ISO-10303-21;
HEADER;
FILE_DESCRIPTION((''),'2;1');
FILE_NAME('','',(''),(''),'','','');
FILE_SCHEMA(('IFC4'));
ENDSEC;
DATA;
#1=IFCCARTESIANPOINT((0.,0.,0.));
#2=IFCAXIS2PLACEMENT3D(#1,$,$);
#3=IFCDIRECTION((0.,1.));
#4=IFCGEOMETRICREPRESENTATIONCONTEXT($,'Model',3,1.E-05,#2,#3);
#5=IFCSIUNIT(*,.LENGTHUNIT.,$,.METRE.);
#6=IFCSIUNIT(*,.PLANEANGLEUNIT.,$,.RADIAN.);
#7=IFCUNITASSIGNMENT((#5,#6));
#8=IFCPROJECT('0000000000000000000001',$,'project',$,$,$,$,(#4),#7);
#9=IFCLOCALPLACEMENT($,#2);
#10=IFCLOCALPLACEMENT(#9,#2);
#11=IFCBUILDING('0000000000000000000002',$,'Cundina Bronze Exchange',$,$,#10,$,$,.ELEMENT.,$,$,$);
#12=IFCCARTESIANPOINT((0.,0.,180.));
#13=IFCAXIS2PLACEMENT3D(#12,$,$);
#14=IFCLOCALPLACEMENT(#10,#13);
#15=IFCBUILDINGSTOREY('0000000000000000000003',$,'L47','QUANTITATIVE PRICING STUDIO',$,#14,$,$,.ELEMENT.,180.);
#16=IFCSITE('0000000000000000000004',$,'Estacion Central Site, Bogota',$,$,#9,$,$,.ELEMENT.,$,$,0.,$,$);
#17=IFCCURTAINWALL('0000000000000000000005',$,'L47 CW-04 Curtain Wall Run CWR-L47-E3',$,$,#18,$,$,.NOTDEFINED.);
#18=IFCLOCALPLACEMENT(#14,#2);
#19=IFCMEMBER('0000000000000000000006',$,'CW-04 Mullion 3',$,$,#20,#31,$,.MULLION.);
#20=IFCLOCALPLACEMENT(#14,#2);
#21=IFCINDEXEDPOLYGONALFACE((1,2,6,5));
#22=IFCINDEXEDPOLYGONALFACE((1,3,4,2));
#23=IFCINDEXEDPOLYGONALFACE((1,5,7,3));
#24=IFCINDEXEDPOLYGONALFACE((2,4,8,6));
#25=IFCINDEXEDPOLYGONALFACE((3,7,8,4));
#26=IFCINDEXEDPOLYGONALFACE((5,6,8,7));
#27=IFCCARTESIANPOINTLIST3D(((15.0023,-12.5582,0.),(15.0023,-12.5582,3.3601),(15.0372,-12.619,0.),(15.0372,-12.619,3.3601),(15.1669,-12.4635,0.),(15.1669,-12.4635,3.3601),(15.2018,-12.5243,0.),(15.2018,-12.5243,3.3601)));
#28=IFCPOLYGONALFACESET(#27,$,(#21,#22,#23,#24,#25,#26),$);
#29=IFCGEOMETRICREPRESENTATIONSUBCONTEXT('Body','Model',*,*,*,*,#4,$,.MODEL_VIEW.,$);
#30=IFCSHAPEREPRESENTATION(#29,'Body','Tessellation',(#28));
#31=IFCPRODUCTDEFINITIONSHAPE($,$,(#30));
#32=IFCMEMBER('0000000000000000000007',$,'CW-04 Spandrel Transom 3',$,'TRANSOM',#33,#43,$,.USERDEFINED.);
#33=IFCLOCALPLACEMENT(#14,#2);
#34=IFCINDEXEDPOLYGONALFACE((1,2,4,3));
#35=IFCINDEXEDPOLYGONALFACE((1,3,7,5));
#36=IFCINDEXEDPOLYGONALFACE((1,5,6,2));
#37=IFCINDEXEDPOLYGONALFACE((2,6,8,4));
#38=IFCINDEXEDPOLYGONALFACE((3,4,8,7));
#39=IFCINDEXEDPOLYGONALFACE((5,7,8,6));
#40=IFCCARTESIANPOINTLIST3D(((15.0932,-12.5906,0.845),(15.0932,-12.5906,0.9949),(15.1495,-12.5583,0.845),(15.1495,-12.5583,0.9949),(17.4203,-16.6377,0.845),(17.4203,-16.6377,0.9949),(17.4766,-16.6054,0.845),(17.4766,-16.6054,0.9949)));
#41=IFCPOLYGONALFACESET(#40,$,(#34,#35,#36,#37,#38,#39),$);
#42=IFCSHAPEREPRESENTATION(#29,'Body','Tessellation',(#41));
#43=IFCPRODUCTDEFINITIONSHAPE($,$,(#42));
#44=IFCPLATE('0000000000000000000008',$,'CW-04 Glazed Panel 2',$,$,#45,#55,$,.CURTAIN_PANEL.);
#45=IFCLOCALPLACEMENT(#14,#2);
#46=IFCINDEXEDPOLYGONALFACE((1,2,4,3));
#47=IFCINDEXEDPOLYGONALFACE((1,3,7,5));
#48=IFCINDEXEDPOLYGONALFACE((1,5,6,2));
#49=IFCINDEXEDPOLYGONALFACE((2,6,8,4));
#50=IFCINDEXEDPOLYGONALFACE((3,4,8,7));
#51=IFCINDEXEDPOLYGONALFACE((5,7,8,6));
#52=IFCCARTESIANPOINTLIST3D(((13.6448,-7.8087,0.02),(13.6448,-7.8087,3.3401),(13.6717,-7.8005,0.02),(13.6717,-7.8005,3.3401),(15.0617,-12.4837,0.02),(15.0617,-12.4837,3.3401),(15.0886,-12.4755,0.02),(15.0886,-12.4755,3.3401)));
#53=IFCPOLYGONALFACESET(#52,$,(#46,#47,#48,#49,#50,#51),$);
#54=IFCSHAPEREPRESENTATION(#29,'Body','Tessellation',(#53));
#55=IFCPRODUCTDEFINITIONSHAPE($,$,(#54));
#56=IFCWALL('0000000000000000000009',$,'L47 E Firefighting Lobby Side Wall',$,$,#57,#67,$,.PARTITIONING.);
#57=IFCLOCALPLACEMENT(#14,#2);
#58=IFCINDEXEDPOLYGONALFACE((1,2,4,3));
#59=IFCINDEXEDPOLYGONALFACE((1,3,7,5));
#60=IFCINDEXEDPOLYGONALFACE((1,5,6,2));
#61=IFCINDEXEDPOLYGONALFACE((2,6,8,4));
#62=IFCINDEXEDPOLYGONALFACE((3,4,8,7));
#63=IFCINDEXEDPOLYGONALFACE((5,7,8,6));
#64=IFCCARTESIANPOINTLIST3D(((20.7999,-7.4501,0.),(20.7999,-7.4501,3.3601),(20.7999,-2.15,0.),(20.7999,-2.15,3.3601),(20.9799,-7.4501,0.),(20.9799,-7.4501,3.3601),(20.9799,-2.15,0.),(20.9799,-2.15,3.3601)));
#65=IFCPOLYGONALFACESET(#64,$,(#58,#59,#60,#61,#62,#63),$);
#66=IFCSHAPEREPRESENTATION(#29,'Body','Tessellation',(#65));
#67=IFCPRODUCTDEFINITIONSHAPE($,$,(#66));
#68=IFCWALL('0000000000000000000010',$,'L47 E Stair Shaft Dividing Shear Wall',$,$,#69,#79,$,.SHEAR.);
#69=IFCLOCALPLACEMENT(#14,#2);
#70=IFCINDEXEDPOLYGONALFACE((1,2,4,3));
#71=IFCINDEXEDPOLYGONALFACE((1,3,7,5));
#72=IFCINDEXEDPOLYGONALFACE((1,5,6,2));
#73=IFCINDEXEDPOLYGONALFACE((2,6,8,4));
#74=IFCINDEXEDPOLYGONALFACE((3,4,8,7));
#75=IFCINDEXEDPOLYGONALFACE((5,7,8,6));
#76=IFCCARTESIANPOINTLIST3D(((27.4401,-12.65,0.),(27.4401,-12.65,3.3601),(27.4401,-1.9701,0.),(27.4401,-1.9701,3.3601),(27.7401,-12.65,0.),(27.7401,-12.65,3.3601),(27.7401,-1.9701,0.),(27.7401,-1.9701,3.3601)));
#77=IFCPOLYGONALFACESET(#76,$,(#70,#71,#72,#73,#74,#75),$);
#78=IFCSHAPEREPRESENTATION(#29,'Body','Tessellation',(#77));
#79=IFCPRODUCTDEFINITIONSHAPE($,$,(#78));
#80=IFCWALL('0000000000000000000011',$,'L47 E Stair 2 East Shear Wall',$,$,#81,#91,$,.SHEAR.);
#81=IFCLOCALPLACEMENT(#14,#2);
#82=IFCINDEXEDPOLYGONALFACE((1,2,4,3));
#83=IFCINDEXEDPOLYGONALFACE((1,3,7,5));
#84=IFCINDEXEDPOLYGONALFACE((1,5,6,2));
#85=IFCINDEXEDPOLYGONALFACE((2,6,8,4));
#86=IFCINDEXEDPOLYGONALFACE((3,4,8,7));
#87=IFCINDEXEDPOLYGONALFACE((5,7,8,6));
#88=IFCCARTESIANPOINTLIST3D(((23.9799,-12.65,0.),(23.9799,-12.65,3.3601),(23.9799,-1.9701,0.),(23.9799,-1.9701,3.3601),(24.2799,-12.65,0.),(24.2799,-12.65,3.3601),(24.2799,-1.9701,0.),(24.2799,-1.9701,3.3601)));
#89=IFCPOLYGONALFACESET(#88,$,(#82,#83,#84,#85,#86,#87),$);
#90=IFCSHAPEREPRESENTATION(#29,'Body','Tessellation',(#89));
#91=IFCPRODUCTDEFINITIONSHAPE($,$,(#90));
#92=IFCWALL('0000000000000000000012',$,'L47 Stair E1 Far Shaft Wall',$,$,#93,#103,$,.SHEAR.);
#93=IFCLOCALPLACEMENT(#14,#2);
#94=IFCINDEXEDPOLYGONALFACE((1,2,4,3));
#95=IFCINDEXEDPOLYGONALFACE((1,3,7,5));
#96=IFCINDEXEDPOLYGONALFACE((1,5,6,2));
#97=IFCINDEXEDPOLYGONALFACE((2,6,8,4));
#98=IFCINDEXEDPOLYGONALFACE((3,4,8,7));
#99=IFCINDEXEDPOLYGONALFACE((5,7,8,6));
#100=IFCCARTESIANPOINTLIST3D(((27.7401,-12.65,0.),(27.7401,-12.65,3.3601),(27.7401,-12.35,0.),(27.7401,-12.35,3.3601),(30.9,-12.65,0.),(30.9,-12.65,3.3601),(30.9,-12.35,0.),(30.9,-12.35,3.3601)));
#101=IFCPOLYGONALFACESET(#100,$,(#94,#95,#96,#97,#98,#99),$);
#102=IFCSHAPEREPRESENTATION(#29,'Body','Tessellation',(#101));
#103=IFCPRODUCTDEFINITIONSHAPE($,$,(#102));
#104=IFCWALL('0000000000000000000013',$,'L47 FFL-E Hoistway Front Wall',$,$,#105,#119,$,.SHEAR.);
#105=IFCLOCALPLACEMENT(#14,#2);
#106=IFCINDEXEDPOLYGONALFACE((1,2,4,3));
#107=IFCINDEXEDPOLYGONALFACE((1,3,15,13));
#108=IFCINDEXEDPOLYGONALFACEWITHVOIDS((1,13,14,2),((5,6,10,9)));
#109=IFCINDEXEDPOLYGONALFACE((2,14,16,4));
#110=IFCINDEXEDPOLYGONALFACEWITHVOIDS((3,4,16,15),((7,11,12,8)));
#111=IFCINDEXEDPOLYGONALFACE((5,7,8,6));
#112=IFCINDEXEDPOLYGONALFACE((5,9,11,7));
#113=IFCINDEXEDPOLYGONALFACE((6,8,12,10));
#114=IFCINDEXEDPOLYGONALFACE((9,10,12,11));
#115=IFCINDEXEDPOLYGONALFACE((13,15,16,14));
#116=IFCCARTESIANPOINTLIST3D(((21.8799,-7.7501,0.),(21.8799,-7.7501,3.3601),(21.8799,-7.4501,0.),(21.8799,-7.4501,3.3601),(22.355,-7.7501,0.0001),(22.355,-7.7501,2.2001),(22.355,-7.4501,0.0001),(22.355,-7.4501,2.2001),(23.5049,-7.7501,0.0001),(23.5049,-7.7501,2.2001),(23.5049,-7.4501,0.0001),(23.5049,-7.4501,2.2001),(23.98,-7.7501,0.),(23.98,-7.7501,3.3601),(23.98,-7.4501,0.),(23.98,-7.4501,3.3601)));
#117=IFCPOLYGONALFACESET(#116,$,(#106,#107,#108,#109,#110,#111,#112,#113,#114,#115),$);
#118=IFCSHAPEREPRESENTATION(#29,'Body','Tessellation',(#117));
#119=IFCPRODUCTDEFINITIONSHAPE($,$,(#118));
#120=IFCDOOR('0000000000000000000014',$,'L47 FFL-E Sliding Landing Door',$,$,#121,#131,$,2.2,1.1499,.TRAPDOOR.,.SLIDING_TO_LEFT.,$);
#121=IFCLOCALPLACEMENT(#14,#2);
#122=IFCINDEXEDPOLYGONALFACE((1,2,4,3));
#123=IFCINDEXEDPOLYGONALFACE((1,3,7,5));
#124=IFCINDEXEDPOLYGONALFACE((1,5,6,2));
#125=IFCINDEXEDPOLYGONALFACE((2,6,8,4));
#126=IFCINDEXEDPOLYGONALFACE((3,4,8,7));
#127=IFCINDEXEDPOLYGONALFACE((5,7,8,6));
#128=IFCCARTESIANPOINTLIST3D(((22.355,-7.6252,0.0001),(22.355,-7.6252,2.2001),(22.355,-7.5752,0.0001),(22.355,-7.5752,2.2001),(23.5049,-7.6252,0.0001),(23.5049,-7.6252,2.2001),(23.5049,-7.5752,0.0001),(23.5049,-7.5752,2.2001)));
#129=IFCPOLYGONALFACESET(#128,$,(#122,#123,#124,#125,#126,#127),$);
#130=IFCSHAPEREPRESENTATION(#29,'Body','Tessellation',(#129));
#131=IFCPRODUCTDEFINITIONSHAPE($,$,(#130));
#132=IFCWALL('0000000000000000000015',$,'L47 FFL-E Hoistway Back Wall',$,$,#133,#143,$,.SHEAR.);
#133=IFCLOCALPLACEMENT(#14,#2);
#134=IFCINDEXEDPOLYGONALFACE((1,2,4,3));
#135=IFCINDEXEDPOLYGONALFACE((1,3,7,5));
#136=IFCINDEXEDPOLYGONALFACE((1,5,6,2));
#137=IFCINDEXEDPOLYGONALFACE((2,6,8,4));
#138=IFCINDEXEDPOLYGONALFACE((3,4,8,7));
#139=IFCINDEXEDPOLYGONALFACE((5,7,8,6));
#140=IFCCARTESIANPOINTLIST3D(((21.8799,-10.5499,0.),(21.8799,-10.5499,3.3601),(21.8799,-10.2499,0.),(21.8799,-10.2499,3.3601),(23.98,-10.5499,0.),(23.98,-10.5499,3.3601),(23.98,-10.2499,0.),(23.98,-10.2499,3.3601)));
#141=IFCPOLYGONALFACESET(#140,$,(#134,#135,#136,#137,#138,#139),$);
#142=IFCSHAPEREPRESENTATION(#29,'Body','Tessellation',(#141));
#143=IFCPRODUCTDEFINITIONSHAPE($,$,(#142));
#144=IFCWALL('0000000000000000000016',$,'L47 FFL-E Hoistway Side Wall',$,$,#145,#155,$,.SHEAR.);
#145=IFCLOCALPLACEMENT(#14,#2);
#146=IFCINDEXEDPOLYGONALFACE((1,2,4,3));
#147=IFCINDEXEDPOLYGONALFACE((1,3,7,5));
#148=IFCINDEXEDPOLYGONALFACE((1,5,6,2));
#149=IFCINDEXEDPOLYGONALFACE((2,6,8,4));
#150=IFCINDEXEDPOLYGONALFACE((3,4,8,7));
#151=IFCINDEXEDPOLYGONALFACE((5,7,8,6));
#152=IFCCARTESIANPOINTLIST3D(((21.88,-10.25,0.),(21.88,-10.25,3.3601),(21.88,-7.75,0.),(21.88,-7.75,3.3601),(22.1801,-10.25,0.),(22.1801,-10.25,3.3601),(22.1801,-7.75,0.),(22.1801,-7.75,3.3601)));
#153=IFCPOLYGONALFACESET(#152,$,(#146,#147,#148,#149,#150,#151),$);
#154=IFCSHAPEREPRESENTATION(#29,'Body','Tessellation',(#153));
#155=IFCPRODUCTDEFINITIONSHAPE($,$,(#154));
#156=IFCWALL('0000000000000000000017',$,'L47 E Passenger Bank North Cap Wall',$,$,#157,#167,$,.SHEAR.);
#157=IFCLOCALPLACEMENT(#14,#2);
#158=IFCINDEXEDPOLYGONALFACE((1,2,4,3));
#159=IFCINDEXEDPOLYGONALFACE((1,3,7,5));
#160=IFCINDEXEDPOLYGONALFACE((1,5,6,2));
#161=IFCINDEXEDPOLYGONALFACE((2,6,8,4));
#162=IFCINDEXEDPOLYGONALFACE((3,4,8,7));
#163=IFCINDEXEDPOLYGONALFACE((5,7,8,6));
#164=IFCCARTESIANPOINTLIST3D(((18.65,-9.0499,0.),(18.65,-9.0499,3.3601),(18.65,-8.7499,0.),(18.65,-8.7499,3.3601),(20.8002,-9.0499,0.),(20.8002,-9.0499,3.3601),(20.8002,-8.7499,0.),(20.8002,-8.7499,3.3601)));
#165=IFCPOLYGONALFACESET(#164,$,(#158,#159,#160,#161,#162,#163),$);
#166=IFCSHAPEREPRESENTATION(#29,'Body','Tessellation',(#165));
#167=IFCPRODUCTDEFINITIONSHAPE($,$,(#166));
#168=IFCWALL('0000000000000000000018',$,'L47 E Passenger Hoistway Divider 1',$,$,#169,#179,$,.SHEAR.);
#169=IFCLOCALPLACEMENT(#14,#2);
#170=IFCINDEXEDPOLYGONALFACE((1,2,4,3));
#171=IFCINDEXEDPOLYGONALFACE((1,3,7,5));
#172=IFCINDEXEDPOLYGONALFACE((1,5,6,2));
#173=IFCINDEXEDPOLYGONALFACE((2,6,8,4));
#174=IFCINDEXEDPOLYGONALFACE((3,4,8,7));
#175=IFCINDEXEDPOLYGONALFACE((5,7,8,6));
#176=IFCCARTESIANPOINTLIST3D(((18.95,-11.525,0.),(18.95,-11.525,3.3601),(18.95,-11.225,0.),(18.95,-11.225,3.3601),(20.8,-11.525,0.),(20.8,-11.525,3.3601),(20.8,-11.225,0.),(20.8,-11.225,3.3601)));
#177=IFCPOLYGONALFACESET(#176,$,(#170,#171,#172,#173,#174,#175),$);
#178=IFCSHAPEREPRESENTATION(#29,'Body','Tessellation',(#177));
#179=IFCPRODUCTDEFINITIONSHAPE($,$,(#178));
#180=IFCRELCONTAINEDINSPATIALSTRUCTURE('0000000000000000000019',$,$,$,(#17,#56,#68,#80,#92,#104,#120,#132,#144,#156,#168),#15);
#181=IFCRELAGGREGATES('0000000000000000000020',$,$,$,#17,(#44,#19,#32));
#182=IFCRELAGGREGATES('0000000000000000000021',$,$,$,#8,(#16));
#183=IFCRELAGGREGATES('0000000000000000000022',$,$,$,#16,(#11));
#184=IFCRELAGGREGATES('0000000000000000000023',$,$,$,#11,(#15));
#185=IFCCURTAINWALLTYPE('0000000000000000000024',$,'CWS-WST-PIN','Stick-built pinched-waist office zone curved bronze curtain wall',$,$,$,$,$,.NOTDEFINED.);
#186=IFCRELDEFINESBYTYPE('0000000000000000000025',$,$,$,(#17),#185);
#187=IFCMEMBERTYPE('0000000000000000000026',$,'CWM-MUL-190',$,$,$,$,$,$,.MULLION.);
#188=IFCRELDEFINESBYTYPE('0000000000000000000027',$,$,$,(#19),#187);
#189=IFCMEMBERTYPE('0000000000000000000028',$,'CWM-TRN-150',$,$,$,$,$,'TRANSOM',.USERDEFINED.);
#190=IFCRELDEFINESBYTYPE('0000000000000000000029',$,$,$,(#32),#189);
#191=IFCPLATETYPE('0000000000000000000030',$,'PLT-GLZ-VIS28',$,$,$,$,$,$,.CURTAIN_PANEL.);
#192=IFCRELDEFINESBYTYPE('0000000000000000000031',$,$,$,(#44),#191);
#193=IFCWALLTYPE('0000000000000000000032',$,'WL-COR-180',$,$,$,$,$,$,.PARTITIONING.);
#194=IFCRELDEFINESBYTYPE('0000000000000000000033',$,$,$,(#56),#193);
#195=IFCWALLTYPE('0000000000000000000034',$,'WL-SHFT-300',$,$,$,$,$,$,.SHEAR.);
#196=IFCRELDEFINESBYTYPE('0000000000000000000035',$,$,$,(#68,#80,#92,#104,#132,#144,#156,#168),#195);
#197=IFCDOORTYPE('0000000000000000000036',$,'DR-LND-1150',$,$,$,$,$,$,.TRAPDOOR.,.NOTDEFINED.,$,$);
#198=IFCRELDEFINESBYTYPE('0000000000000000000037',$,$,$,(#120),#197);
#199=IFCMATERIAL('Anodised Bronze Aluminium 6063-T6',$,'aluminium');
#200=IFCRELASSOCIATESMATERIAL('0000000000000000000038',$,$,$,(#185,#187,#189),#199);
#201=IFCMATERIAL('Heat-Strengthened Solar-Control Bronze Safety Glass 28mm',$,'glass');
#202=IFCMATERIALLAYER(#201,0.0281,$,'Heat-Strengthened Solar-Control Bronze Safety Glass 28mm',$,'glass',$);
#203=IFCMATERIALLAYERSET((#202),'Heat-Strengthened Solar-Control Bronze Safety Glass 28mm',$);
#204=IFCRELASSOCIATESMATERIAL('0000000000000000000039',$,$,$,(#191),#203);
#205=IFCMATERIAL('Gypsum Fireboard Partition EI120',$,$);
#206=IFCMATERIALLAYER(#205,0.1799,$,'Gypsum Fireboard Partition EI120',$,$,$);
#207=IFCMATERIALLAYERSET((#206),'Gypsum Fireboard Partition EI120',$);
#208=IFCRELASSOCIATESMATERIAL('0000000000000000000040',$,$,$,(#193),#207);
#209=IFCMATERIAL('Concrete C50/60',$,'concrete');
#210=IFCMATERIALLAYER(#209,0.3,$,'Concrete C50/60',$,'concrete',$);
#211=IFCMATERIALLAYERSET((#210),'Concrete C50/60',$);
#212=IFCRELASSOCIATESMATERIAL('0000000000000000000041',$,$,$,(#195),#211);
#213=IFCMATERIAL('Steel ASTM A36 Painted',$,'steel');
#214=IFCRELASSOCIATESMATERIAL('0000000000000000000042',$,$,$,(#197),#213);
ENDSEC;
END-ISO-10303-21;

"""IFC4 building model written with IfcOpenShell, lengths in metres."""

from ifc_helpers import new_model, si_unit, direction, frame, frame_2d, origin, origin_2d, place, context, subcontext, project, spatial, rectangle, extrude, material, layer, layer_set, material_profile, profile_set, type_object, element, fill, aggregate, save


model = new_model("IFC4")

# Units and contexts
model_context = context("Model", 3, precision=1e-05, world=origin(), true_north=direction((0.0, 1.0)))
body_context = subcontext(model_context, "Body", "Model", "MODEL_VIEW")
ifc_project = project(units=[si_unit("LENGTHUNIT", "METRE"), si_unit("PLANEANGLEUNIT", "RADIAN")], contexts=[model_context])

# Site, building, storey
site_placement = place(None, origin())
site = spatial("IfcSite", under=ifc_project, at=site_placement, Name="Estacion Central Site, Bogota", CompositionType="ELEMENT", RefElevation=0.0)
building_placement = place(site_placement, origin())
building = spatial("IfcBuilding", under=site, at=building_placement, Name="Cundina Bronze Exchange", CompositionType="ELEMENT")
storey_placement = place(building_placement, frame((0.0, 0.0, 180.0)))
storey = spatial("IfcBuildingStorey", under=building, at=storey_placement, Name="L47", Description="QUANTITATIVE PRICING STUDIO", CompositionType="ELEMENT", Elevation=180.0)

# Shared definitions
ifc_material_1 = material(Name="Concrete C50/60", Category="concrete")

# Curtain wall, members, plate
ifc_material_2 = material(Name="Anodised Bronze Aluminium 6063-T6", Category="aluminium")
curtain_wall_type = type_object("IfcCurtainWallType", Name="CWS-WST-PIN", Description="Stick-built pinched-waist office zone curved bronze curtain wall", PredefinedType="NOTDEFINED", material=ifc_material_2)
curtain_wall_placement = place(storey_placement, origin())
curtain_wall = element("IfcCurtainWall", 1, at=curtain_wall_placement, inside=storey, type_object=curtain_wall_type, Name="L47 CW-04 Curtain Wall Run CWR-L47-E3", PredefinedType="NOTDEFINED")
ifc_material_profile_1 = material_profile(ifc_material_2, rectangle(XDim=0.0701, YDim=0.1899, at=origin_2d()), Name="AL70X190", Category="aluminium")
ifc_profile_set_1 = profile_set([ifc_material_profile_1], Name="Anodised Bronze Aluminium 6063-T6")
member_type_1 = type_object("IfcMemberType", Name="CWM-MUL-190", PredefinedType="MULLION", material=ifc_profile_set_1)
member_1_placement = place(storey_placement, frame((15.1021, -12.5413, 0.0), z_axis=(0.0, 0.0, 1.0), x_axis=(0.498488, -0.866897, 0.0)))
member_1 = element("IfcMember", 2, at=member_1_placement, type_object=member_type_1, Name="CW-04 Mullion 3", PredefinedType="MULLION", context=body_context, shape_type="SweptSolid", body=[
    extrude(rectangle(XDim=0.0701, YDim=0.1899, at=origin_2d()), origin(), (0.0, 0.0, 1.0), 3.3601),
])
ifc_material_profile_2 = material_profile(ifc_material_2, rectangle(XDim=0.0649, YDim=0.1499, at=origin_2d()), Name="AL65X150", Category="aluminium")
ifc_profile_set_2 = profile_set([ifc_material_profile_2], Name="Anodised Bronze Aluminium 6063-T6")
member_type_2 = type_object("IfcMemberType", Name="CWM-TRN-150", ElementType="TRANSOM", PredefinedType="USERDEFINED", material=ifc_profile_set_2)
member_2_placement = place(storey_placement, frame((15.1213, -12.5745, 0.9199), z_axis=(0.49848, -0.866901, 0.0), x_axis=(0.866901, 0.49848, 0.0)))
member_2 = element("IfcMember", 3, at=member_2_placement, type_object=member_type_2, Name="CW-04 Spandrel Transom 3", ObjectType="TRANSOM", PredefinedType="USERDEFINED", context=body_context, shape_type="SweptSolid", body=[
    extrude(rectangle(XDim=0.0649, YDim=0.1499, at=origin_2d()), origin(), (0.0, 0.0, 1.0), 4.6685),
])
ifc_material_3 = material(Name="Heat-Strengthened Solar-Control Bronze Safety Glass 28mm", Category="glass")
ifc_layer_1 = layer(ifc_material_3, 0.0281, Name="Heat-Strengthened Solar-Control Bronze Safety Glass 28mm", Category="glass")
ifc_layer_set_1 = layer_set([ifc_layer_1], Name="Heat-Strengthened Solar-Control Bronze Safety Glass 28mm")
plate_type = type_object("IfcPlateType", Name="PLT-GLZ-VIS28", PredefinedType="CURTAIN_PANEL", material=ifc_layer_set_1)
plate_placement = place(storey_placement, frame((14.3667, -10.1421, 0.02), z_axis=(0.0, 0.0, 1.0), x_axis=(0.290051, -0.957011, 0.0)))
plate = element("IfcPlate", 4, at=plate_placement, type_object=plate_type, Name="CW-04 Glazed Panel 2", PredefinedType="CURTAIN_PANEL", context=body_context, shape_type="SweptSolid", body=[
    extrude(rectangle(XDim=4.885, YDim=0.0281, at=origin_2d()), origin(), (0.0, 0.0, 1.0), 3.3201),
])
aggregate(curtain_wall, [plate, member_1, member_2])

# Walls
ifc_material_4 = material(Name="Gypsum Fireboard Partition EI120")
ifc_layer_2 = layer(ifc_material_4, 0.1799, Name="Gypsum Fireboard Partition EI120")
ifc_layer_set_2 = layer_set([ifc_layer_2], Name="Gypsum Fireboard Partition EI120")
wall_type_1 = type_object("IfcWallType", Name="WL-COR-180", PredefinedType="PARTITIONING", material=ifc_layer_set_2)
wall_1_placement = place(storey_placement, frame((20.8899, -7.45, 0.0), z_axis=(0.0, 0.0, 1.0), x_axis=(0.0, 1.0, 0.0)))
element("IfcWall", 5, at=wall_1_placement, inside=storey, type_object=wall_type_1, Name="L47 E Firefighting Lobby Side Wall", PredefinedType="PARTITIONING", context=body_context, shape_type="SweptSolid", body=[
    extrude(rectangle(XDim=5.3, YDim=0.1799, at=frame_2d((2.6499, 0.0))), origin(), (0.0, 0.0, 1.0), 3.3601),
])
ifc_layer_3 = layer(ifc_material_1, 0.3, Name="Concrete C50/60", Category="concrete")
ifc_layer_set_3 = layer_set([ifc_layer_3], Name="Concrete C50/60")
wall_type_2 = type_object("IfcWallType", Name="WL-SHFT-300", PredefinedType="SHEAR", material=ifc_layer_set_3)
for number, where, z_axis, x_axis, name in (
    (6, (27.5901, -12.6499, 0.0), (0.0, 0.0, 1.0), (0.0, 1.0, 0.0), "L47 E Stair Shaft Dividing Shear Wall"),
    (7, (24.1299, -12.6499, 0.0), (0.0, 0.0, 1.0), (0.0, 1.0, 0.0), "L47 E Stair 2 East Shear Wall"),
):
    element("IfcWall", number, at=place(storey_placement, frame(where, z_axis=z_axis, x_axis=x_axis)), inside=storey, type_object=wall_type_2, Name=name, PredefinedType="SHEAR", context=body_context, shape_type="SweptSolid", body=[
        extrude(rectangle(XDim=10.6799, YDim=0.3, at=frame_2d((5.3398, 0.0))), origin(), (0.0, 0.0, 1.0), 3.3601),
    ])
wall_2_placement = place(storey_placement, frame((27.74, -12.5, 0.0), z_axis=(0.0, 0.0, 1.0), x_axis=(1.0, 0.0, 0.0)))
element("IfcWall", 8, at=wall_2_placement, inside=storey, type_object=wall_type_2, Name="L47 Stair E1 Far Shaft Wall", PredefinedType="SHEAR", context=body_context, shape_type="SweptSolid", body=[
    extrude(rectangle(XDim=3.1599, YDim=0.3, at=frame_2d((1.5801, 0.0))), origin(), (0.0, 0.0, 1.0), 3.3601),
])

# Wall, opening, door
ifc_material_5 = material(Name="Steel ASTM A36 Painted", Category="steel")
wall_3_placement = place(storey_placement, frame((21.8799, -7.6001, 0.0), z_axis=(0.0, 0.0, 1.0), x_axis=(1.0, 0.0, 0.0)))
wall_3 = element("IfcWall", 9, at=wall_3_placement, inside=storey, type_object=wall_type_2, Name="L47 FFL-E Hoistway Front Wall", PredefinedType="SHEAR", context=body_context, shape_type="SweptSolid", body=[
    extrude(rectangle(XDim=2.1001, YDim=0.3, at=frame_2d((1.05, 0.0))), origin(), (0.0, 0.0, 1.0), 3.3601),
])
opening_1_placement = place(wall_3_placement, frame((0.4751, 0.0, 0.0)))
opening_1 = element("IfcOpeningElement", 10, at=opening_1_placement, cuts=wall_3, PredefinedType="OPENING", context=body_context, shape_type="SweptSolid", body=[
    extrude(rectangle(XDim=1.1499, YDim=2.2, at=frame_2d((0.575, 1.1001))), frame((0.0, 0.1599, 0.0), z_axis=(0.0, -1.0, 0.0), x_axis=(1.0, 0.0, 0.0)), (0.0, 0.0, 1.0), 0.3201),
])
door_type_1 = type_object("IfcDoorType", Name="DR-LND-1150", OperationType="NOTDEFINED", PredefinedType="TRAPDOOR", material=ifc_material_5)
door_1_placement = place(opening_1_placement, origin())
door_1 = element("IfcDoor", 11, at=door_1_placement, inside=storey, type_object=door_type_1, Name="L47 FFL-E Sliding Landing Door", OperationType="SLIDING_TO_LEFT", OverallHeight=2.2, OverallWidth=1.1499, PredefinedType="TRAPDOOR", context=body_context, shape_type="SweptSolid", body=[
    extrude(rectangle(XDim=1.1499, YDim=2.2, at=frame_2d((0.575, 1.1001))), frame((0.0, 0.0249, 0.0), z_axis=(0.0, -1.0, 0.0), x_axis=(1.0, 0.0, 0.0)), (0.0, 0.0, 1.0), 0.05),
])
fill(opening_1, door_1)

# Walls
wall_4_placement = place(storey_placement, frame((21.8799, -10.3999, 0.0), z_axis=(0.0, 0.0, 1.0), x_axis=(1.0, 0.0, 0.0)))
element("IfcWall", 12, at=wall_4_placement, inside=storey, type_object=wall_type_2, Name="L47 FFL-E Hoistway Back Wall", PredefinedType="SHEAR", context=body_context, shape_type="SweptSolid", body=[
    extrude(rectangle(XDim=2.1001, YDim=0.3, at=frame_2d((1.05, 0.0))), origin(), (0.0, 0.0, 1.0), 3.3601),
])
wall_5_placement = place(storey_placement, frame((22.03, -10.25, 0.0), z_axis=(0.0, 0.0, 1.0), x_axis=(0.0, 1.0, 0.0)))
element("IfcWall", 13, at=wall_5_placement, inside=storey, type_object=wall_type_2, Name="L47 FFL-E Hoistway Side Wall", PredefinedType="SHEAR", context=body_context, shape_type="SweptSolid", body=[
    extrude(rectangle(XDim=2.5, YDim=0.3, at=frame_2d((1.25, 0.0))), origin(), (0.0, 0.0, 1.0), 3.3601),
])
wall_6_placement = place(storey_placement, frame((18.6499, -8.8999, 0.0), z_axis=(0.0, 0.0, 1.0), x_axis=(1.0, 0.0, 0.0)))
element("IfcWall", 14, at=wall_6_placement, inside=storey, type_object=wall_type_2, Name="L47 E Passenger Bank North Cap Wall", PredefinedType="SHEAR", context=body_context, shape_type="SweptSolid", body=[
    extrude(rectangle(XDim=2.1501, YDim=0.3, at=frame_2d((1.0752, 0.0))), origin(), (0.0, 0.0, 1.0), 3.3601),
])
wall_7_placement = place(storey_placement, frame((18.95, -11.375, 0.0), z_axis=(0.0, 0.0, 1.0), x_axis=(1.0, 0.0, 0.0)))
element("IfcWall", 15, at=wall_7_placement, inside=storey, type_object=wall_type_2, Name="L47 E Passenger Hoistway Divider 1", PredefinedType="SHEAR", context=body_context, shape_type="SweptSolid", body=[
    extrude(rectangle(XDim=1.8501, YDim=0.3, at=frame_2d((0.925, 0.0))), origin(), (0.0, 0.0, 1.0), 3.3601),
])

save(model, "model.ifc")
